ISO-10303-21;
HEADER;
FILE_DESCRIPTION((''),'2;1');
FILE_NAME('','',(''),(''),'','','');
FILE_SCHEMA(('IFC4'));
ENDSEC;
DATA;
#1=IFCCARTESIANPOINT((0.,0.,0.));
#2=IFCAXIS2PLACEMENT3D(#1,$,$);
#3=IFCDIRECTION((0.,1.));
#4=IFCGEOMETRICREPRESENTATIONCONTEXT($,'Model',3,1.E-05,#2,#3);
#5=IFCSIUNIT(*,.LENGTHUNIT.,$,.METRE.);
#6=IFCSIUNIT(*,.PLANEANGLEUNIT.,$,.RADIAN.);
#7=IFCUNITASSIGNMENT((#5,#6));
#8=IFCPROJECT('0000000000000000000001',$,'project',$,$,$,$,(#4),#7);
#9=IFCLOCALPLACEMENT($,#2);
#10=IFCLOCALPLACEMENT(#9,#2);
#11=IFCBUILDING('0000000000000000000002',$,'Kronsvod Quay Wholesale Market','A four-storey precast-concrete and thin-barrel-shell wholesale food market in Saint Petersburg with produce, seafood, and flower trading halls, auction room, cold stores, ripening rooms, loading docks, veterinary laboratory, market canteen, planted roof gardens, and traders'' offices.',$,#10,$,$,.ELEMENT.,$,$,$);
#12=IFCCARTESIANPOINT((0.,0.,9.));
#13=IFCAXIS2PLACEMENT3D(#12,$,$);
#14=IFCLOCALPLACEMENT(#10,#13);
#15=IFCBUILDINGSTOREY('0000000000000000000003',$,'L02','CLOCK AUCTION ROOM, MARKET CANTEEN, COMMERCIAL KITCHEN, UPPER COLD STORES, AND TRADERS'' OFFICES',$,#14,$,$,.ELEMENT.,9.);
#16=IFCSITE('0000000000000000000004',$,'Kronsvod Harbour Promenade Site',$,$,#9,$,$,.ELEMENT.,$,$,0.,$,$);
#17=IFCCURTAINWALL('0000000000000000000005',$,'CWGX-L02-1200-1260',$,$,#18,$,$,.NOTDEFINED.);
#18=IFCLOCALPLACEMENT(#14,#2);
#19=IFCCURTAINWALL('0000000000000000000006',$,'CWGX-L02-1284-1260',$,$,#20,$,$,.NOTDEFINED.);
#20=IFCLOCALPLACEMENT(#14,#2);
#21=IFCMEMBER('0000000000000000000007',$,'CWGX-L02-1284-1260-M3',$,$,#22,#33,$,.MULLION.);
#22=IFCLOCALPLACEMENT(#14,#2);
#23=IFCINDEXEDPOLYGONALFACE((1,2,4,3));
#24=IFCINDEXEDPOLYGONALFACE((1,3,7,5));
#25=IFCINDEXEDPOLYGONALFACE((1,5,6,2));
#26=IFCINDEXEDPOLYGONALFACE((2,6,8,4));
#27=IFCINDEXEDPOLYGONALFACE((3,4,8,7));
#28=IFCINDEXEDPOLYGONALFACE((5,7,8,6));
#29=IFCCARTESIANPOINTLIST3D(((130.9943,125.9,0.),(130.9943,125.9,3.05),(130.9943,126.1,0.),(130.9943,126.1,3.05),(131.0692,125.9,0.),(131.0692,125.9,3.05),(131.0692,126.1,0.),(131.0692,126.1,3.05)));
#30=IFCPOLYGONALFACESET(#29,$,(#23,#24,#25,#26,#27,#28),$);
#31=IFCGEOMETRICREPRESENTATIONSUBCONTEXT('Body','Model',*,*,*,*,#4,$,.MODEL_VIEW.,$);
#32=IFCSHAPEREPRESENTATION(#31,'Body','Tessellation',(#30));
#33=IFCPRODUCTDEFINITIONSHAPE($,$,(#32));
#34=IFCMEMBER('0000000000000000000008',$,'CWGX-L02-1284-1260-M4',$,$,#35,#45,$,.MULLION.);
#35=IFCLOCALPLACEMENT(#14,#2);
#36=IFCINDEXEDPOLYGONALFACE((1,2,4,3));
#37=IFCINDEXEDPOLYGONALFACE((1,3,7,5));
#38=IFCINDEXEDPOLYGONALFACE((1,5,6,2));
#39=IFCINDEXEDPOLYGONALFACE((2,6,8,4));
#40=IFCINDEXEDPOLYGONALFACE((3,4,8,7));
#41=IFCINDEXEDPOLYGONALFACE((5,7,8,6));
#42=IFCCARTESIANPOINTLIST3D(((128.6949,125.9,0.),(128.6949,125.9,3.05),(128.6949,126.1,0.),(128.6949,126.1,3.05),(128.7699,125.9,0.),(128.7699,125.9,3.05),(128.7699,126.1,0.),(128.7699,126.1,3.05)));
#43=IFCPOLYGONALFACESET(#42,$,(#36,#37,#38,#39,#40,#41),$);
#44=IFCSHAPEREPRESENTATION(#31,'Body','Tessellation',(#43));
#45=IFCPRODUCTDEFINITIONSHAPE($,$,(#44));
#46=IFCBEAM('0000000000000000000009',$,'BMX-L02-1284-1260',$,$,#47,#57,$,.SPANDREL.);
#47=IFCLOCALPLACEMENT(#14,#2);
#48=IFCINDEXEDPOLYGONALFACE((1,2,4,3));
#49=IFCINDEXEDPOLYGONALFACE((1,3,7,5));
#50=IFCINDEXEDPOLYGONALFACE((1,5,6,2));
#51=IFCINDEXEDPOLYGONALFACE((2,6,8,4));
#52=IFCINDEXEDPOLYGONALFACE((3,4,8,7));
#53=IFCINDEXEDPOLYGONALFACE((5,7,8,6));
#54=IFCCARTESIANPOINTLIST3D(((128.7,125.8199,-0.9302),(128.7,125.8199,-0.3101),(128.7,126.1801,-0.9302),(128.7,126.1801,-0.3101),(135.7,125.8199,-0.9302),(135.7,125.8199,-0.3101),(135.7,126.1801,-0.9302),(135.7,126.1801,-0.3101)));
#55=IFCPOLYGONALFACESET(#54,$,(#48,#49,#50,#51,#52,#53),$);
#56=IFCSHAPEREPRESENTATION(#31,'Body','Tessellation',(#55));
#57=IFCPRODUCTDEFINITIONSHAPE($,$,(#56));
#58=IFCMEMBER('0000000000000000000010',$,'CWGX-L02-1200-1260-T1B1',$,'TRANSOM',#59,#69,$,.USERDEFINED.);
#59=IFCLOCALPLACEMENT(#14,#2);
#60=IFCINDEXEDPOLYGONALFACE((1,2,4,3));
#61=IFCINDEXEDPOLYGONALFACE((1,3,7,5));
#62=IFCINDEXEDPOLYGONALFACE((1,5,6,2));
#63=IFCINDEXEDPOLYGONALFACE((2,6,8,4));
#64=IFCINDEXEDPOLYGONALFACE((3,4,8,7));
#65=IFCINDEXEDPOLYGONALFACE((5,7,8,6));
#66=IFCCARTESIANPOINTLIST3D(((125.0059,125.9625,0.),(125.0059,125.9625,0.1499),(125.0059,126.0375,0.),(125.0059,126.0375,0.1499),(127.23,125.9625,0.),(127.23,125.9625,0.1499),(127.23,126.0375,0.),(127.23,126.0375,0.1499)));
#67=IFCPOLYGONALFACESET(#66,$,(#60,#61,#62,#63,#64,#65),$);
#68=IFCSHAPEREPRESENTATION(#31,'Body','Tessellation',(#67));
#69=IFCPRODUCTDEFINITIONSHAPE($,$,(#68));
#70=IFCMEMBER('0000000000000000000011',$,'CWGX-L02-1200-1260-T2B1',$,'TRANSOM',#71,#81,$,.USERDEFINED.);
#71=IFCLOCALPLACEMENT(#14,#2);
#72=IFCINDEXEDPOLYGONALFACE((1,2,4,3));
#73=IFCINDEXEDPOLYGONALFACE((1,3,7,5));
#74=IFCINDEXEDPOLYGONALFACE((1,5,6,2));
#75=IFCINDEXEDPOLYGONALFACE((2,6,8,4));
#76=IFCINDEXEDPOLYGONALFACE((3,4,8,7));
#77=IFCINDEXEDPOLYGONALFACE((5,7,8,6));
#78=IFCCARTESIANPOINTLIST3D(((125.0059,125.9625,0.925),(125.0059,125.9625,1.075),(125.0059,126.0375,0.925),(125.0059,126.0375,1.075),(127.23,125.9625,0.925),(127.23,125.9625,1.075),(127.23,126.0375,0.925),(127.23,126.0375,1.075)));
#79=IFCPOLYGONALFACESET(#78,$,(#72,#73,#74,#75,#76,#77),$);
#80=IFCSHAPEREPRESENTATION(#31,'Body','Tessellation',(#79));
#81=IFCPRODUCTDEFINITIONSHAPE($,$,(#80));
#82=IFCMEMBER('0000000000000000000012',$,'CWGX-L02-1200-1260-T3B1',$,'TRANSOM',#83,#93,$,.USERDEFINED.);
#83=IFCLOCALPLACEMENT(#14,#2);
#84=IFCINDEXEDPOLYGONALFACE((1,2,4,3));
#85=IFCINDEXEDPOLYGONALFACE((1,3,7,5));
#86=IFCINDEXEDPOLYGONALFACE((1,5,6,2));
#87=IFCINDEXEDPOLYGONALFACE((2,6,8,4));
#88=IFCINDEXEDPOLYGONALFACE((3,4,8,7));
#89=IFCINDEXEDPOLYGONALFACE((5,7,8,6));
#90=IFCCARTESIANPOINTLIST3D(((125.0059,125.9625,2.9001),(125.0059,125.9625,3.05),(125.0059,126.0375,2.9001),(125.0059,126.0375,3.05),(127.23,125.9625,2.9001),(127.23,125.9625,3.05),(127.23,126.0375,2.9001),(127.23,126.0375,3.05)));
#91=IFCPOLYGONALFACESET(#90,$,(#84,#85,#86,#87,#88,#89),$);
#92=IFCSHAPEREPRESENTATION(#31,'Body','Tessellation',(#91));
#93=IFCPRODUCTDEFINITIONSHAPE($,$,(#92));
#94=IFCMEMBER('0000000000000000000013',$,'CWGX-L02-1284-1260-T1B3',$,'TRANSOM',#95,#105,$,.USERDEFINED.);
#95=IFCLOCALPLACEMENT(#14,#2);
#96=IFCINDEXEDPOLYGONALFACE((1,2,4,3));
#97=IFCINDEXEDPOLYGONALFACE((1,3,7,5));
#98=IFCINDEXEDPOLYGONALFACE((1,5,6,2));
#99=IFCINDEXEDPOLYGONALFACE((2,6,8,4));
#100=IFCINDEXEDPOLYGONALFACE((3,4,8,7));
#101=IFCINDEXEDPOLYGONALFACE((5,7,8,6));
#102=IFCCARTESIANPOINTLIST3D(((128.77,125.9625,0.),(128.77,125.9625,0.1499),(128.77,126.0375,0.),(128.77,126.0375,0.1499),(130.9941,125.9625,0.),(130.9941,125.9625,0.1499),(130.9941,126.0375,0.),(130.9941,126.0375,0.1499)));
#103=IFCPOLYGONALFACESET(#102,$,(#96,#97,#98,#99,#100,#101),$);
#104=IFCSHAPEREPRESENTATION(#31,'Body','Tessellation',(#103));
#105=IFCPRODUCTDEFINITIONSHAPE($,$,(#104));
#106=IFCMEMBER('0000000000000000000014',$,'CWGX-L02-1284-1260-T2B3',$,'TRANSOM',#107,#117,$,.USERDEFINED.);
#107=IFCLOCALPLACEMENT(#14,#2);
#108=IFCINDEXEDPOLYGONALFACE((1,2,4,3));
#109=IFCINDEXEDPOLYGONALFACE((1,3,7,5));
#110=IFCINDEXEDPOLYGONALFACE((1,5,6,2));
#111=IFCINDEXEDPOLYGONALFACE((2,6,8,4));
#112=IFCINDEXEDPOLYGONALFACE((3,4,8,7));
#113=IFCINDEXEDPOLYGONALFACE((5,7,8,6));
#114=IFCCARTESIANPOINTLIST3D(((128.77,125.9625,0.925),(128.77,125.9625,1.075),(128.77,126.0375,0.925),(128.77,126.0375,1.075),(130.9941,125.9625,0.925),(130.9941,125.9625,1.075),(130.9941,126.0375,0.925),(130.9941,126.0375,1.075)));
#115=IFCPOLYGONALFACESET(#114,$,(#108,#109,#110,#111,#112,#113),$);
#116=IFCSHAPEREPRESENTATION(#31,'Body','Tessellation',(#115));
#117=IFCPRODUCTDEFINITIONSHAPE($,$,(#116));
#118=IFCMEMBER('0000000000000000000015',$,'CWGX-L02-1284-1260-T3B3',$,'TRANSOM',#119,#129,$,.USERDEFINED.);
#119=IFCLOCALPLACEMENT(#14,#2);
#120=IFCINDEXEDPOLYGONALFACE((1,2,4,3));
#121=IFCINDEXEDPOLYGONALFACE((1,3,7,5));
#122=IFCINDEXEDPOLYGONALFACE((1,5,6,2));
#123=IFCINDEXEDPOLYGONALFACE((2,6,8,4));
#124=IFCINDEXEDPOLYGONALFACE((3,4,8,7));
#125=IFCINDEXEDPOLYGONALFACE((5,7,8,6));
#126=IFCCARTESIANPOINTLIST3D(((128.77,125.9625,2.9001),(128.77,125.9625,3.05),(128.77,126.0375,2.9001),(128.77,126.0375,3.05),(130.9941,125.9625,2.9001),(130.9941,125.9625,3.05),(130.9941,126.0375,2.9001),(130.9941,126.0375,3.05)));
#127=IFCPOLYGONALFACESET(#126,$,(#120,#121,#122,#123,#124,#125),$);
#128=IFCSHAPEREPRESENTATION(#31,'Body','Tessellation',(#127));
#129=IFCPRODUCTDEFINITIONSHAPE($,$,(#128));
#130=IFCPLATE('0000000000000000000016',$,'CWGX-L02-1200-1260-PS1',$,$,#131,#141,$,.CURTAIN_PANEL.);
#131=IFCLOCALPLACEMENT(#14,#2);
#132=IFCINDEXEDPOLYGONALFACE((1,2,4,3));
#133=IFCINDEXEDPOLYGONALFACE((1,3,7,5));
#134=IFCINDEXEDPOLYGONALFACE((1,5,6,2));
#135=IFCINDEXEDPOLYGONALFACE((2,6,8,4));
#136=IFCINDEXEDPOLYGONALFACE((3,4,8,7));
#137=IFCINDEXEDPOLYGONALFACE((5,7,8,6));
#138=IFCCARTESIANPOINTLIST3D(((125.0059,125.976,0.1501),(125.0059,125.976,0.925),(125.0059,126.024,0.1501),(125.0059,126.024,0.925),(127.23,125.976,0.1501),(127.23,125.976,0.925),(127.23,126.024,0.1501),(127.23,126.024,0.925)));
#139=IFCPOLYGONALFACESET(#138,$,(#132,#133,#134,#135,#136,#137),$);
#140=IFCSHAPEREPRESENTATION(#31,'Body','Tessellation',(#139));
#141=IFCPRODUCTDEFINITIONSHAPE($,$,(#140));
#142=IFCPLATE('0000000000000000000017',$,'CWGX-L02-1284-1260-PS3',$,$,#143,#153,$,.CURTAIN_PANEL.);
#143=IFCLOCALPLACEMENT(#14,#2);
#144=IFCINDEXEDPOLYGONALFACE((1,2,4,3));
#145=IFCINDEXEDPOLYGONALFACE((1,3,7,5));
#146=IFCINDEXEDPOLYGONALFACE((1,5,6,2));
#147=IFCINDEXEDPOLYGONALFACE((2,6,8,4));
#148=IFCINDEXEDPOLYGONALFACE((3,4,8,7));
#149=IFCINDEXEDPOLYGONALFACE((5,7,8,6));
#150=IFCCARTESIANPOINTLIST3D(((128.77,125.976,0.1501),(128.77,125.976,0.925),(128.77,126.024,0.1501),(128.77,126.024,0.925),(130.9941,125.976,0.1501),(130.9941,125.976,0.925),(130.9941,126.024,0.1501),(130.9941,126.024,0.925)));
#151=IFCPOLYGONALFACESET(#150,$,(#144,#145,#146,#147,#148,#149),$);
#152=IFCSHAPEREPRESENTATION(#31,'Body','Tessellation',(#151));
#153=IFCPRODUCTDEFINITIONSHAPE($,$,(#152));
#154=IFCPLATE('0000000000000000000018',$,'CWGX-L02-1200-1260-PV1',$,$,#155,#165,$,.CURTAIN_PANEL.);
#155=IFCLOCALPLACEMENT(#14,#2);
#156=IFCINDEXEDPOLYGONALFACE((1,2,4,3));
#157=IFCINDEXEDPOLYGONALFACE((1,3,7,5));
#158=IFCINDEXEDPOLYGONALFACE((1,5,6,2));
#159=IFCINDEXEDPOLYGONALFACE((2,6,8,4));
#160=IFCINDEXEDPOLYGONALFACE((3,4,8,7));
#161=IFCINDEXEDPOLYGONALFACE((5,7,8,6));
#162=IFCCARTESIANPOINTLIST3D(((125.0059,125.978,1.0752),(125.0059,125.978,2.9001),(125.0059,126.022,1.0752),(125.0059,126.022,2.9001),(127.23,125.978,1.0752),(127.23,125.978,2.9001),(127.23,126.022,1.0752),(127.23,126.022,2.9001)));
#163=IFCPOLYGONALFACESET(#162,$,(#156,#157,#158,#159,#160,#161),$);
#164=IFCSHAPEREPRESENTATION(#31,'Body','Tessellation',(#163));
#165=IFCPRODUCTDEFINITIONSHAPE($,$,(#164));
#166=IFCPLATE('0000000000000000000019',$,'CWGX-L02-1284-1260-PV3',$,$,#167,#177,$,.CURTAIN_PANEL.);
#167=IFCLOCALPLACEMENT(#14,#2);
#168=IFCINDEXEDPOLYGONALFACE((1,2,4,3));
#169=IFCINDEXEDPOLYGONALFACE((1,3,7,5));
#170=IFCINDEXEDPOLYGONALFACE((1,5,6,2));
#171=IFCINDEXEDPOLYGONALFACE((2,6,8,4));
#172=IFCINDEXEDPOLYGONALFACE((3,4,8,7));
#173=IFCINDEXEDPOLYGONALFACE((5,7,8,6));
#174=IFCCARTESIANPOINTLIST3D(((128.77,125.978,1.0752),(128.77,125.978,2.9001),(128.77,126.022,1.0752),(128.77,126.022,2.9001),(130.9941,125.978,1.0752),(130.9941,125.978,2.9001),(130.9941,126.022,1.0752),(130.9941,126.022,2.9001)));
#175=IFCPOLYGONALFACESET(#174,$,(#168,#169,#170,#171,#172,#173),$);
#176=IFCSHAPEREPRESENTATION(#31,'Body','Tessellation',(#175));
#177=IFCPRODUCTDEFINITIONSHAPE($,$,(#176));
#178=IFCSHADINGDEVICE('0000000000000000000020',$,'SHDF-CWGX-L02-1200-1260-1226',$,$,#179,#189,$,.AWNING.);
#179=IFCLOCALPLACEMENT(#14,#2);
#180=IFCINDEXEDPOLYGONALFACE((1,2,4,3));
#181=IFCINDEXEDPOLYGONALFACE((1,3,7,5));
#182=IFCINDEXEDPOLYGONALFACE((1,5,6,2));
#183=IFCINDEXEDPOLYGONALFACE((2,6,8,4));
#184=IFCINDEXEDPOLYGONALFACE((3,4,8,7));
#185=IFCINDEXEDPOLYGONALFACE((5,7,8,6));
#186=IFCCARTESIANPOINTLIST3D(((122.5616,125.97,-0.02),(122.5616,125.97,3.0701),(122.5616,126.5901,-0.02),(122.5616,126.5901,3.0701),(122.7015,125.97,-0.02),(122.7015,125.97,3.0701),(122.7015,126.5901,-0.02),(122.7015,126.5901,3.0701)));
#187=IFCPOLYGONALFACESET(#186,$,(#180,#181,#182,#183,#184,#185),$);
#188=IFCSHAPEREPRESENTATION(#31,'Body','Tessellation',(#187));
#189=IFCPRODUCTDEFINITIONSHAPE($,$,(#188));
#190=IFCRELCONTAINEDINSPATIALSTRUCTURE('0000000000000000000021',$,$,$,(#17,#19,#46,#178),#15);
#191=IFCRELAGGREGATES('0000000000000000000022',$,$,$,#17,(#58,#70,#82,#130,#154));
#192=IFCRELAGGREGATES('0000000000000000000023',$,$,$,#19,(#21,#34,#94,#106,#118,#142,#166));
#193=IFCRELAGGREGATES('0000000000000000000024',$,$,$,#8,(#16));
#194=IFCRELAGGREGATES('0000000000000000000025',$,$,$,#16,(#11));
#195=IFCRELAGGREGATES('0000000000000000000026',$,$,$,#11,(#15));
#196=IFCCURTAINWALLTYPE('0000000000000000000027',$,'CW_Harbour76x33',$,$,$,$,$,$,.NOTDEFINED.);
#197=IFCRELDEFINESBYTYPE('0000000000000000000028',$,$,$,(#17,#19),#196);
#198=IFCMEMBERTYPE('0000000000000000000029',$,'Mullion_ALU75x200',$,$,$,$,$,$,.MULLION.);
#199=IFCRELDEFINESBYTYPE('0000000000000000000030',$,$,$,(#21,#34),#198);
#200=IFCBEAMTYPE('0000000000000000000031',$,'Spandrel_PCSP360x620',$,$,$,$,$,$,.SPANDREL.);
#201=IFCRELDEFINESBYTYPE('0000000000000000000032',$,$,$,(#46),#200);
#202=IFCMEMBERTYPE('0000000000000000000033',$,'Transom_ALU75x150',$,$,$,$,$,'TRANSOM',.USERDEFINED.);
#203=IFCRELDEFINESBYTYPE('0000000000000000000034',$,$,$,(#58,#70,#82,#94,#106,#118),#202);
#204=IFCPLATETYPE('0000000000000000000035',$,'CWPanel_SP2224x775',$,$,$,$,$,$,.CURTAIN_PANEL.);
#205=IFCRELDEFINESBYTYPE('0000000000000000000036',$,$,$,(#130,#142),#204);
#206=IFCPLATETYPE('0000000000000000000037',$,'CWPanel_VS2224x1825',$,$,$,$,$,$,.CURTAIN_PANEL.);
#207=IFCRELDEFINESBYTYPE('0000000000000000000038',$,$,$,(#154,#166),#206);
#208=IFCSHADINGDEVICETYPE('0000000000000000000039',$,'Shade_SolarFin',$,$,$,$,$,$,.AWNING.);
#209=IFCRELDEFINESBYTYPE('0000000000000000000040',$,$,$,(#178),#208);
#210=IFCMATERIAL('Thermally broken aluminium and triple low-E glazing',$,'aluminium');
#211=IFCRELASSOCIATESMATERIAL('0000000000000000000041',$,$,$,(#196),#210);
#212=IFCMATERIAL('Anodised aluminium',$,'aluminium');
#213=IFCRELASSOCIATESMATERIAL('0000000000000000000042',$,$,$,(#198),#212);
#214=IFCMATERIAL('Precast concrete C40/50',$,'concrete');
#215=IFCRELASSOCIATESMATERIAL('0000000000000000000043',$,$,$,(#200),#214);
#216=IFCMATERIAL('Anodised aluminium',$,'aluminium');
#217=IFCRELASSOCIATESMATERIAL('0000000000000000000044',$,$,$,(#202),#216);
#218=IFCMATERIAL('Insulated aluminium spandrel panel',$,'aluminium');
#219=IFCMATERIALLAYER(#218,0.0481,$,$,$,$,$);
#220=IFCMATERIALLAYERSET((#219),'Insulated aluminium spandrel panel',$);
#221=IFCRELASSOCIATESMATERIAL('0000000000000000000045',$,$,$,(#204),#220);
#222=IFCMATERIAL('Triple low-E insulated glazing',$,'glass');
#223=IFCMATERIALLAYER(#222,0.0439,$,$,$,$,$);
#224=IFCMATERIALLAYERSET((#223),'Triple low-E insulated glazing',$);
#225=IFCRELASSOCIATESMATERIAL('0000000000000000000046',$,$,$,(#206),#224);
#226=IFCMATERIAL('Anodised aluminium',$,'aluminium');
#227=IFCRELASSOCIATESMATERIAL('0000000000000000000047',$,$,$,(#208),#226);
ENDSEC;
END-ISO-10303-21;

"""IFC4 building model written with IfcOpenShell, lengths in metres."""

from ifc_helpers import new_model, si_unit, direction, frame, origin, origin_2d, place, context, subcontext, project, spatial, rectangle, extrude, material, layer, layer_set, material_profile, profile_set, type_object, element, aggregate, save


model = new_model("IFC4")

# Units and contexts
model_context = context("Model", 3, precision=1e-05, world=origin(), true_north=direction((0.0, 1.0)))
body_context = subcontext(model_context, "Body", "Model", "MODEL_VIEW")
ifc_project = project(units=[si_unit("LENGTHUNIT", "METRE"), si_unit("PLANEANGLEUNIT", "RADIAN")], contexts=[model_context])

# Site, building, storey
site_placement = place(None, origin())
site = spatial("IfcSite", under=ifc_project, at=site_placement, Name="Kronsvod Harbour Promenade Site", CompositionType="ELEMENT", RefElevation=0.0)
building_placement = place(site_placement, origin())
building = spatial("IfcBuilding", under=site, at=building_placement, Name="Kronsvod Quay Wholesale Market", Description="A four-storey precast-concrete and thin-barrel-shell wholesale food market in Saint Petersburg with produce, seafood, and flower trading halls, auction room, cold stores, ripening rooms, loading docks, veterinary laboratory, market canteen, planted roof gardens, and traders' offices.", CompositionType="ELEMENT")
storey_placement = place(building_placement, frame((0.0, 0.0, 9.0)))
storey = spatial("IfcBuildingStorey", under=building, at=storey_placement, Name="L02", Description="CLOCK AUCTION ROOM, MARKET CANTEEN, COMMERCIAL KITCHEN, UPPER COLD STORES, AND TRADERS' OFFICES", CompositionType="ELEMENT", Elevation=9.0)

# Curtain walls, members
ifc_material_1 = material(Name="Thermally broken aluminium and triple low-E glazing", Category="aluminium")
curtain_wall_type = type_object("IfcCurtainWallType", Name="CW_Harbour76x33", PredefinedType="NOTDEFINED", material=ifc_material_1)
curtain_wall_1_placement = place(storey_placement, origin())
curtain_wall_1 = element("IfcCurtainWall", 1, at=curtain_wall_1_placement, inside=storey, type_object=curtain_wall_type, Name="CWGX-L02-1200-1260", PredefinedType="NOTDEFINED")
ifc_material_2 = material(Name="Anodised aluminium", Category="aluminium")
ifc_material_profile_1 = material_profile(ifc_material_2, rectangle(XDim=0.075, YDim=0.2, at=origin_2d()), Name="ALUM75x200")
ifc_profile_set_1 = profile_set([ifc_material_profile_1], Name="Anodised aluminium")
member_type_1 = type_object("IfcMemberType", Name="Mullion_ALU75x200", PredefinedType="MULLION", material=ifc_profile_set_1)
curtain_wall_2_placement = place(storey_placement, origin())
curtain_wall_2 = element("IfcCurtainWall", 2, at=curtain_wall_2_placement, inside=storey, type_object=curtain_wall_type, Name="CWGX-L02-1284-1260", PredefinedType="NOTDEFINED")
member_1_placement = place(storey_placement, frame((131.0317, 126.0, 0.0), z_axis=(0.0, 0.0, 1.0), x_axis=(1.0, 0.0, 0.0)))
member_1 = element("IfcMember", 3, at=member_1_placement, type_object=member_type_1, Name="CWGX-L02-1284-1260-M3", PredefinedType="MULLION", context=body_context, shape_type="SweptSolid", body=[
    extrude(rectangle(XDim=0.075, YDim=0.2, at=origin_2d()), origin(), (0.0, 0.0, 1.0), 3.05),
])
member_2_placement = place(storey_placement, frame((128.7324, 126.0, 0.0), z_axis=(0.0, 0.0, 1.0), x_axis=(1.0, 0.0, 0.0)))
member_2 = element("IfcMember", 4, at=member_2_placement, type_object=member_type_1, Name="CWGX-L02-1284-1260-M4", PredefinedType="MULLION", context=body_context, shape_type="SweptSolid", body=[
    extrude(rectangle(XDim=0.075, YDim=0.2, at=origin_2d()), origin(), (0.0, 0.0, 1.0), 3.05),
])

# Beam
ifc_material_3 = material(Name="Precast concrete C40/50", Category="concrete")
ifc_material_profile_2 = material_profile(ifc_material_3, rectangle(XDim=0.3601, YDim=0.6201, at=origin_2d()), Name="SPB-02")
ifc_profile_set_2 = profile_set([ifc_material_profile_2], Name="Precast concrete C40/50")
beam_type_1 = type_object("IfcBeamType", Name="Spandrel_PCSP360x620", PredefinedType="SPANDREL", material=ifc_profile_set_2)
beam_1_placement = place(storey_placement, frame((128.7, 126.0, -0.6201), z_axis=(1.0, 0.0, 0.0), x_axis=(0.0, 1.0, 0.0)))
element("IfcBeam", 5, at=beam_1_placement, inside=storey, type_object=beam_type_1, Name="BMX-L02-1284-1260", PredefinedType="SPANDREL", context=body_context, shape_type="SweptSolid", body=[
    extrude(rectangle(XDim=0.3601, YDim=0.6201, at=origin_2d()), origin(), (0.0, 0.0, 1.0), 7.0),
])

# Members
ifc_material_4 = material(Name="Anodised aluminium", Category="aluminium")
ifc_material_profile_3 = material_profile(ifc_material_4, rectangle(XDim=0.075, YDim=0.1499, at=origin_2d()), Name="ALUT75x150")
ifc_profile_set_3 = profile_set([ifc_material_profile_3], Name="Anodised aluminium")
member_type_2 = type_object("IfcMemberType", Name="Transom_ALU75x150", ElementType="TRANSOM", PredefinedType="USERDEFINED", material=ifc_profile_set_3)
member_3_placement = place(storey_placement, frame((127.23, 126.0, 0.075), z_axis=(-1.0, 0.0, 0.0), x_axis=(0.0, -1.0, 0.0)))
member_3 = element("IfcMember", 6, at=member_3_placement, type_object=member_type_2, Name="CWGX-L02-1200-1260-T1B1", ObjectType="TRANSOM", PredefinedType="USERDEFINED", context=body_context, shape_type="SweptSolid", body=[
    extrude(rectangle(XDim=0.075, YDim=0.1499, at=origin_2d()), origin(), (0.0, 0.0, 1.0), 2.2241),
])
member_4_placement = place(storey_placement, frame((127.23, 126.0, 1.0), z_axis=(-1.0, 0.0, 0.0), x_axis=(0.0, -1.0, 0.0)))
member_4 = element("IfcMember", 7, at=member_4_placement, type_object=member_type_2, Name="CWGX-L02-1200-1260-T2B1", ObjectType="TRANSOM", PredefinedType="USERDEFINED", context=body_context, shape_type="SweptSolid", body=[
    extrude(rectangle(XDim=0.075, YDim=0.1499, at=origin_2d()), origin(), (0.0, 0.0, 1.0), 2.2241),
])
member_5_placement = place(storey_placement, frame((127.23, 126.0, 2.9751), z_axis=(-1.0, 0.0, 0.0), x_axis=(0.0, -1.0, 0.0)))
member_5 = element("IfcMember", 8, at=member_5_placement, type_object=member_type_2, Name="CWGX-L02-1200-1260-T3B1", ObjectType="TRANSOM", PredefinedType="USERDEFINED", context=body_context, shape_type="SweptSolid", body=[
    extrude(rectangle(XDim=0.075, YDim=0.1499, at=origin_2d()), origin(), (0.0, 0.0, 1.0), 2.2241),
])
member_6_placement = place(storey_placement, frame((130.9941, 126.0, 0.075), z_axis=(-1.0, 0.0, 0.0), x_axis=(0.0, -1.0, 0.0)))
member_6 = element("IfcMember", 9, at=member_6_placement, type_object=member_type_2, Name="CWGX-L02-1284-1260-T1B3", ObjectType="TRANSOM", PredefinedType="USERDEFINED", context=body_context, shape_type="SweptSolid", body=[
    extrude(rectangle(XDim=0.075, YDim=0.1499, at=origin_2d()), origin(), (0.0, 0.0, 1.0), 2.2241),
])
member_7_placement = place(storey_placement, frame((130.9941, 126.0, 1.0), z_axis=(-1.0, 0.0, 0.0), x_axis=(0.0, -1.0, 0.0)))
member_7 = element("IfcMember", 10, at=member_7_placement, type_object=member_type_2, Name="CWGX-L02-1284-1260-T2B3", ObjectType="TRANSOM", PredefinedType="USERDEFINED", context=body_context, shape_type="SweptSolid", body=[
    extrude(rectangle(XDim=0.075, YDim=0.1499, at=origin_2d()), origin(), (0.0, 0.0, 1.0), 2.2241),
])
member_8_placement = place(storey_placement, frame((130.9941, 126.0, 2.9751), z_axis=(-1.0, 0.0, 0.0), x_axis=(0.0, -1.0, 0.0)))
member_8 = element("IfcMember", 11, at=member_8_placement, type_object=member_type_2, Name="CWGX-L02-1284-1260-T3B3", ObjectType="TRANSOM", PredefinedType="USERDEFINED", context=body_context, shape_type="SweptSolid", body=[
    extrude(rectangle(XDim=0.075, YDim=0.1499, at=origin_2d()), origin(), (0.0, 0.0, 1.0), 2.2241),
])

# Plates
ifc_material_5 = material(Name="Insulated aluminium spandrel panel", Category="aluminium")
ifc_layer_1 = layer(ifc_material_5, 0.0481)
ifc_layer_set_1 = layer_set([ifc_layer_1], Name="Insulated aluminium spandrel panel")
plate_type_1 = type_object("IfcPlateType", Name="CWPanel_SP2224x775", PredefinedType="CURTAIN_PANEL", material=ifc_layer_set_1)
plate_1_placement = place(storey_placement, frame((126.1179, 126.0, 0.1501), z_axis=(0.0, 0.0, 1.0), x_axis=(-1.0, 0.0, 0.0)))
plate_1 = element("IfcPlate", 12, at=plate_1_placement, type_object=plate_type_1, Name="CWGX-L02-1200-1260-PS1", PredefinedType="CURTAIN_PANEL", context=body_context, shape_type="SweptSolid", body=[
    extrude(rectangle(XDim=2.2241, YDim=0.0481, at=origin_2d()), origin(), (0.0, 0.0, 1.0), 0.7749),
])
plate_2_placement = place(storey_placement, frame((129.8821, 126.0, 0.1501), z_axis=(0.0, 0.0, 1.0), x_axis=(-1.0, 0.0, 0.0)))
plate_2 = element("IfcPlate", 13, at=plate_2_placement, type_object=plate_type_1, Name="CWGX-L02-1284-1260-PS3", PredefinedType="CURTAIN_PANEL", context=body_context, shape_type="SweptSolid", body=[
    extrude(rectangle(XDim=2.2241, YDim=0.0481, at=origin_2d()), origin(), (0.0, 0.0, 1.0), 0.7749),
])
ifc_material_6 = material(Name="Triple low-E insulated glazing", Category="glass")
ifc_layer_2 = layer(ifc_material_6, 0.0439)
ifc_layer_set_2 = layer_set([ifc_layer_2], Name="Triple low-E insulated glazing")
plate_type_2 = type_object("IfcPlateType", Name="CWPanel_VS2224x1825", PredefinedType="CURTAIN_PANEL", material=ifc_layer_set_2)
plate_3_placement = place(storey_placement, frame((126.1179, 126.0, 1.0752), z_axis=(0.0, 0.0, 1.0), x_axis=(-1.0, 0.0, 0.0)))
plate_3 = element("IfcPlate", 14, at=plate_3_placement, type_object=plate_type_2, Name="CWGX-L02-1200-1260-PV1", PredefinedType="CURTAIN_PANEL", context=body_context, shape_type="SweptSolid", body=[
    extrude(rectangle(XDim=2.2241, YDim=0.0439, at=origin_2d()), origin(), (0.0, 0.0, 1.0), 1.825),
])
aggregate(curtain_wall_1, [member_3, member_4, member_5, plate_1, plate_3])
plate_4_placement = place(storey_placement, frame((129.8821, 126.0, 1.0752), z_axis=(0.0, 0.0, 1.0), x_axis=(-1.0, 0.0, 0.0)))
plate_4 = element("IfcPlate", 15, at=plate_4_placement, type_object=plate_type_2, Name="CWGX-L02-1284-1260-PV3", PredefinedType="CURTAIN_PANEL", context=body_context, shape_type="SweptSolid", body=[
    extrude(rectangle(XDim=2.2241, YDim=0.0439, at=origin_2d()), origin(), (0.0, 0.0, 1.0), 1.825),
])
aggregate(curtain_wall_2, [member_1, member_2, member_6, member_7, member_8, plate_2, plate_4])

# Shading device
ifc_material_7 = material(Name="Anodised aluminium", Category="aluminium")
shading_device_type_1 = type_object("IfcShadingDeviceType", Name="Shade_SolarFin", PredefinedType="AWNING", material=ifc_material_7)
for number, where, z_axis, x_axis, name in (
    (16, (122.6316, 126.28, -0.02), (0.0, 0.0, 1.0), (1.0, 0.0, 0.0), "SHDF-CWGX-L02-1200-1260-1226"),
):
    element("IfcShadingDevice", number, at=place(storey_placement, frame(where, z_axis=z_axis, x_axis=x_axis)), inside=storey, type_object=shading_device_type_1, Name=name, PredefinedType="AWNING", context=body_context, shape_type="SweptSolid", body=[
        extrude(rectangle(XDim=0.1399, YDim=0.6201, at=origin_2d()), origin(), (0.0, 0.0, 1.0), 3.0901),
    ])

save(model, "model.ifc")
